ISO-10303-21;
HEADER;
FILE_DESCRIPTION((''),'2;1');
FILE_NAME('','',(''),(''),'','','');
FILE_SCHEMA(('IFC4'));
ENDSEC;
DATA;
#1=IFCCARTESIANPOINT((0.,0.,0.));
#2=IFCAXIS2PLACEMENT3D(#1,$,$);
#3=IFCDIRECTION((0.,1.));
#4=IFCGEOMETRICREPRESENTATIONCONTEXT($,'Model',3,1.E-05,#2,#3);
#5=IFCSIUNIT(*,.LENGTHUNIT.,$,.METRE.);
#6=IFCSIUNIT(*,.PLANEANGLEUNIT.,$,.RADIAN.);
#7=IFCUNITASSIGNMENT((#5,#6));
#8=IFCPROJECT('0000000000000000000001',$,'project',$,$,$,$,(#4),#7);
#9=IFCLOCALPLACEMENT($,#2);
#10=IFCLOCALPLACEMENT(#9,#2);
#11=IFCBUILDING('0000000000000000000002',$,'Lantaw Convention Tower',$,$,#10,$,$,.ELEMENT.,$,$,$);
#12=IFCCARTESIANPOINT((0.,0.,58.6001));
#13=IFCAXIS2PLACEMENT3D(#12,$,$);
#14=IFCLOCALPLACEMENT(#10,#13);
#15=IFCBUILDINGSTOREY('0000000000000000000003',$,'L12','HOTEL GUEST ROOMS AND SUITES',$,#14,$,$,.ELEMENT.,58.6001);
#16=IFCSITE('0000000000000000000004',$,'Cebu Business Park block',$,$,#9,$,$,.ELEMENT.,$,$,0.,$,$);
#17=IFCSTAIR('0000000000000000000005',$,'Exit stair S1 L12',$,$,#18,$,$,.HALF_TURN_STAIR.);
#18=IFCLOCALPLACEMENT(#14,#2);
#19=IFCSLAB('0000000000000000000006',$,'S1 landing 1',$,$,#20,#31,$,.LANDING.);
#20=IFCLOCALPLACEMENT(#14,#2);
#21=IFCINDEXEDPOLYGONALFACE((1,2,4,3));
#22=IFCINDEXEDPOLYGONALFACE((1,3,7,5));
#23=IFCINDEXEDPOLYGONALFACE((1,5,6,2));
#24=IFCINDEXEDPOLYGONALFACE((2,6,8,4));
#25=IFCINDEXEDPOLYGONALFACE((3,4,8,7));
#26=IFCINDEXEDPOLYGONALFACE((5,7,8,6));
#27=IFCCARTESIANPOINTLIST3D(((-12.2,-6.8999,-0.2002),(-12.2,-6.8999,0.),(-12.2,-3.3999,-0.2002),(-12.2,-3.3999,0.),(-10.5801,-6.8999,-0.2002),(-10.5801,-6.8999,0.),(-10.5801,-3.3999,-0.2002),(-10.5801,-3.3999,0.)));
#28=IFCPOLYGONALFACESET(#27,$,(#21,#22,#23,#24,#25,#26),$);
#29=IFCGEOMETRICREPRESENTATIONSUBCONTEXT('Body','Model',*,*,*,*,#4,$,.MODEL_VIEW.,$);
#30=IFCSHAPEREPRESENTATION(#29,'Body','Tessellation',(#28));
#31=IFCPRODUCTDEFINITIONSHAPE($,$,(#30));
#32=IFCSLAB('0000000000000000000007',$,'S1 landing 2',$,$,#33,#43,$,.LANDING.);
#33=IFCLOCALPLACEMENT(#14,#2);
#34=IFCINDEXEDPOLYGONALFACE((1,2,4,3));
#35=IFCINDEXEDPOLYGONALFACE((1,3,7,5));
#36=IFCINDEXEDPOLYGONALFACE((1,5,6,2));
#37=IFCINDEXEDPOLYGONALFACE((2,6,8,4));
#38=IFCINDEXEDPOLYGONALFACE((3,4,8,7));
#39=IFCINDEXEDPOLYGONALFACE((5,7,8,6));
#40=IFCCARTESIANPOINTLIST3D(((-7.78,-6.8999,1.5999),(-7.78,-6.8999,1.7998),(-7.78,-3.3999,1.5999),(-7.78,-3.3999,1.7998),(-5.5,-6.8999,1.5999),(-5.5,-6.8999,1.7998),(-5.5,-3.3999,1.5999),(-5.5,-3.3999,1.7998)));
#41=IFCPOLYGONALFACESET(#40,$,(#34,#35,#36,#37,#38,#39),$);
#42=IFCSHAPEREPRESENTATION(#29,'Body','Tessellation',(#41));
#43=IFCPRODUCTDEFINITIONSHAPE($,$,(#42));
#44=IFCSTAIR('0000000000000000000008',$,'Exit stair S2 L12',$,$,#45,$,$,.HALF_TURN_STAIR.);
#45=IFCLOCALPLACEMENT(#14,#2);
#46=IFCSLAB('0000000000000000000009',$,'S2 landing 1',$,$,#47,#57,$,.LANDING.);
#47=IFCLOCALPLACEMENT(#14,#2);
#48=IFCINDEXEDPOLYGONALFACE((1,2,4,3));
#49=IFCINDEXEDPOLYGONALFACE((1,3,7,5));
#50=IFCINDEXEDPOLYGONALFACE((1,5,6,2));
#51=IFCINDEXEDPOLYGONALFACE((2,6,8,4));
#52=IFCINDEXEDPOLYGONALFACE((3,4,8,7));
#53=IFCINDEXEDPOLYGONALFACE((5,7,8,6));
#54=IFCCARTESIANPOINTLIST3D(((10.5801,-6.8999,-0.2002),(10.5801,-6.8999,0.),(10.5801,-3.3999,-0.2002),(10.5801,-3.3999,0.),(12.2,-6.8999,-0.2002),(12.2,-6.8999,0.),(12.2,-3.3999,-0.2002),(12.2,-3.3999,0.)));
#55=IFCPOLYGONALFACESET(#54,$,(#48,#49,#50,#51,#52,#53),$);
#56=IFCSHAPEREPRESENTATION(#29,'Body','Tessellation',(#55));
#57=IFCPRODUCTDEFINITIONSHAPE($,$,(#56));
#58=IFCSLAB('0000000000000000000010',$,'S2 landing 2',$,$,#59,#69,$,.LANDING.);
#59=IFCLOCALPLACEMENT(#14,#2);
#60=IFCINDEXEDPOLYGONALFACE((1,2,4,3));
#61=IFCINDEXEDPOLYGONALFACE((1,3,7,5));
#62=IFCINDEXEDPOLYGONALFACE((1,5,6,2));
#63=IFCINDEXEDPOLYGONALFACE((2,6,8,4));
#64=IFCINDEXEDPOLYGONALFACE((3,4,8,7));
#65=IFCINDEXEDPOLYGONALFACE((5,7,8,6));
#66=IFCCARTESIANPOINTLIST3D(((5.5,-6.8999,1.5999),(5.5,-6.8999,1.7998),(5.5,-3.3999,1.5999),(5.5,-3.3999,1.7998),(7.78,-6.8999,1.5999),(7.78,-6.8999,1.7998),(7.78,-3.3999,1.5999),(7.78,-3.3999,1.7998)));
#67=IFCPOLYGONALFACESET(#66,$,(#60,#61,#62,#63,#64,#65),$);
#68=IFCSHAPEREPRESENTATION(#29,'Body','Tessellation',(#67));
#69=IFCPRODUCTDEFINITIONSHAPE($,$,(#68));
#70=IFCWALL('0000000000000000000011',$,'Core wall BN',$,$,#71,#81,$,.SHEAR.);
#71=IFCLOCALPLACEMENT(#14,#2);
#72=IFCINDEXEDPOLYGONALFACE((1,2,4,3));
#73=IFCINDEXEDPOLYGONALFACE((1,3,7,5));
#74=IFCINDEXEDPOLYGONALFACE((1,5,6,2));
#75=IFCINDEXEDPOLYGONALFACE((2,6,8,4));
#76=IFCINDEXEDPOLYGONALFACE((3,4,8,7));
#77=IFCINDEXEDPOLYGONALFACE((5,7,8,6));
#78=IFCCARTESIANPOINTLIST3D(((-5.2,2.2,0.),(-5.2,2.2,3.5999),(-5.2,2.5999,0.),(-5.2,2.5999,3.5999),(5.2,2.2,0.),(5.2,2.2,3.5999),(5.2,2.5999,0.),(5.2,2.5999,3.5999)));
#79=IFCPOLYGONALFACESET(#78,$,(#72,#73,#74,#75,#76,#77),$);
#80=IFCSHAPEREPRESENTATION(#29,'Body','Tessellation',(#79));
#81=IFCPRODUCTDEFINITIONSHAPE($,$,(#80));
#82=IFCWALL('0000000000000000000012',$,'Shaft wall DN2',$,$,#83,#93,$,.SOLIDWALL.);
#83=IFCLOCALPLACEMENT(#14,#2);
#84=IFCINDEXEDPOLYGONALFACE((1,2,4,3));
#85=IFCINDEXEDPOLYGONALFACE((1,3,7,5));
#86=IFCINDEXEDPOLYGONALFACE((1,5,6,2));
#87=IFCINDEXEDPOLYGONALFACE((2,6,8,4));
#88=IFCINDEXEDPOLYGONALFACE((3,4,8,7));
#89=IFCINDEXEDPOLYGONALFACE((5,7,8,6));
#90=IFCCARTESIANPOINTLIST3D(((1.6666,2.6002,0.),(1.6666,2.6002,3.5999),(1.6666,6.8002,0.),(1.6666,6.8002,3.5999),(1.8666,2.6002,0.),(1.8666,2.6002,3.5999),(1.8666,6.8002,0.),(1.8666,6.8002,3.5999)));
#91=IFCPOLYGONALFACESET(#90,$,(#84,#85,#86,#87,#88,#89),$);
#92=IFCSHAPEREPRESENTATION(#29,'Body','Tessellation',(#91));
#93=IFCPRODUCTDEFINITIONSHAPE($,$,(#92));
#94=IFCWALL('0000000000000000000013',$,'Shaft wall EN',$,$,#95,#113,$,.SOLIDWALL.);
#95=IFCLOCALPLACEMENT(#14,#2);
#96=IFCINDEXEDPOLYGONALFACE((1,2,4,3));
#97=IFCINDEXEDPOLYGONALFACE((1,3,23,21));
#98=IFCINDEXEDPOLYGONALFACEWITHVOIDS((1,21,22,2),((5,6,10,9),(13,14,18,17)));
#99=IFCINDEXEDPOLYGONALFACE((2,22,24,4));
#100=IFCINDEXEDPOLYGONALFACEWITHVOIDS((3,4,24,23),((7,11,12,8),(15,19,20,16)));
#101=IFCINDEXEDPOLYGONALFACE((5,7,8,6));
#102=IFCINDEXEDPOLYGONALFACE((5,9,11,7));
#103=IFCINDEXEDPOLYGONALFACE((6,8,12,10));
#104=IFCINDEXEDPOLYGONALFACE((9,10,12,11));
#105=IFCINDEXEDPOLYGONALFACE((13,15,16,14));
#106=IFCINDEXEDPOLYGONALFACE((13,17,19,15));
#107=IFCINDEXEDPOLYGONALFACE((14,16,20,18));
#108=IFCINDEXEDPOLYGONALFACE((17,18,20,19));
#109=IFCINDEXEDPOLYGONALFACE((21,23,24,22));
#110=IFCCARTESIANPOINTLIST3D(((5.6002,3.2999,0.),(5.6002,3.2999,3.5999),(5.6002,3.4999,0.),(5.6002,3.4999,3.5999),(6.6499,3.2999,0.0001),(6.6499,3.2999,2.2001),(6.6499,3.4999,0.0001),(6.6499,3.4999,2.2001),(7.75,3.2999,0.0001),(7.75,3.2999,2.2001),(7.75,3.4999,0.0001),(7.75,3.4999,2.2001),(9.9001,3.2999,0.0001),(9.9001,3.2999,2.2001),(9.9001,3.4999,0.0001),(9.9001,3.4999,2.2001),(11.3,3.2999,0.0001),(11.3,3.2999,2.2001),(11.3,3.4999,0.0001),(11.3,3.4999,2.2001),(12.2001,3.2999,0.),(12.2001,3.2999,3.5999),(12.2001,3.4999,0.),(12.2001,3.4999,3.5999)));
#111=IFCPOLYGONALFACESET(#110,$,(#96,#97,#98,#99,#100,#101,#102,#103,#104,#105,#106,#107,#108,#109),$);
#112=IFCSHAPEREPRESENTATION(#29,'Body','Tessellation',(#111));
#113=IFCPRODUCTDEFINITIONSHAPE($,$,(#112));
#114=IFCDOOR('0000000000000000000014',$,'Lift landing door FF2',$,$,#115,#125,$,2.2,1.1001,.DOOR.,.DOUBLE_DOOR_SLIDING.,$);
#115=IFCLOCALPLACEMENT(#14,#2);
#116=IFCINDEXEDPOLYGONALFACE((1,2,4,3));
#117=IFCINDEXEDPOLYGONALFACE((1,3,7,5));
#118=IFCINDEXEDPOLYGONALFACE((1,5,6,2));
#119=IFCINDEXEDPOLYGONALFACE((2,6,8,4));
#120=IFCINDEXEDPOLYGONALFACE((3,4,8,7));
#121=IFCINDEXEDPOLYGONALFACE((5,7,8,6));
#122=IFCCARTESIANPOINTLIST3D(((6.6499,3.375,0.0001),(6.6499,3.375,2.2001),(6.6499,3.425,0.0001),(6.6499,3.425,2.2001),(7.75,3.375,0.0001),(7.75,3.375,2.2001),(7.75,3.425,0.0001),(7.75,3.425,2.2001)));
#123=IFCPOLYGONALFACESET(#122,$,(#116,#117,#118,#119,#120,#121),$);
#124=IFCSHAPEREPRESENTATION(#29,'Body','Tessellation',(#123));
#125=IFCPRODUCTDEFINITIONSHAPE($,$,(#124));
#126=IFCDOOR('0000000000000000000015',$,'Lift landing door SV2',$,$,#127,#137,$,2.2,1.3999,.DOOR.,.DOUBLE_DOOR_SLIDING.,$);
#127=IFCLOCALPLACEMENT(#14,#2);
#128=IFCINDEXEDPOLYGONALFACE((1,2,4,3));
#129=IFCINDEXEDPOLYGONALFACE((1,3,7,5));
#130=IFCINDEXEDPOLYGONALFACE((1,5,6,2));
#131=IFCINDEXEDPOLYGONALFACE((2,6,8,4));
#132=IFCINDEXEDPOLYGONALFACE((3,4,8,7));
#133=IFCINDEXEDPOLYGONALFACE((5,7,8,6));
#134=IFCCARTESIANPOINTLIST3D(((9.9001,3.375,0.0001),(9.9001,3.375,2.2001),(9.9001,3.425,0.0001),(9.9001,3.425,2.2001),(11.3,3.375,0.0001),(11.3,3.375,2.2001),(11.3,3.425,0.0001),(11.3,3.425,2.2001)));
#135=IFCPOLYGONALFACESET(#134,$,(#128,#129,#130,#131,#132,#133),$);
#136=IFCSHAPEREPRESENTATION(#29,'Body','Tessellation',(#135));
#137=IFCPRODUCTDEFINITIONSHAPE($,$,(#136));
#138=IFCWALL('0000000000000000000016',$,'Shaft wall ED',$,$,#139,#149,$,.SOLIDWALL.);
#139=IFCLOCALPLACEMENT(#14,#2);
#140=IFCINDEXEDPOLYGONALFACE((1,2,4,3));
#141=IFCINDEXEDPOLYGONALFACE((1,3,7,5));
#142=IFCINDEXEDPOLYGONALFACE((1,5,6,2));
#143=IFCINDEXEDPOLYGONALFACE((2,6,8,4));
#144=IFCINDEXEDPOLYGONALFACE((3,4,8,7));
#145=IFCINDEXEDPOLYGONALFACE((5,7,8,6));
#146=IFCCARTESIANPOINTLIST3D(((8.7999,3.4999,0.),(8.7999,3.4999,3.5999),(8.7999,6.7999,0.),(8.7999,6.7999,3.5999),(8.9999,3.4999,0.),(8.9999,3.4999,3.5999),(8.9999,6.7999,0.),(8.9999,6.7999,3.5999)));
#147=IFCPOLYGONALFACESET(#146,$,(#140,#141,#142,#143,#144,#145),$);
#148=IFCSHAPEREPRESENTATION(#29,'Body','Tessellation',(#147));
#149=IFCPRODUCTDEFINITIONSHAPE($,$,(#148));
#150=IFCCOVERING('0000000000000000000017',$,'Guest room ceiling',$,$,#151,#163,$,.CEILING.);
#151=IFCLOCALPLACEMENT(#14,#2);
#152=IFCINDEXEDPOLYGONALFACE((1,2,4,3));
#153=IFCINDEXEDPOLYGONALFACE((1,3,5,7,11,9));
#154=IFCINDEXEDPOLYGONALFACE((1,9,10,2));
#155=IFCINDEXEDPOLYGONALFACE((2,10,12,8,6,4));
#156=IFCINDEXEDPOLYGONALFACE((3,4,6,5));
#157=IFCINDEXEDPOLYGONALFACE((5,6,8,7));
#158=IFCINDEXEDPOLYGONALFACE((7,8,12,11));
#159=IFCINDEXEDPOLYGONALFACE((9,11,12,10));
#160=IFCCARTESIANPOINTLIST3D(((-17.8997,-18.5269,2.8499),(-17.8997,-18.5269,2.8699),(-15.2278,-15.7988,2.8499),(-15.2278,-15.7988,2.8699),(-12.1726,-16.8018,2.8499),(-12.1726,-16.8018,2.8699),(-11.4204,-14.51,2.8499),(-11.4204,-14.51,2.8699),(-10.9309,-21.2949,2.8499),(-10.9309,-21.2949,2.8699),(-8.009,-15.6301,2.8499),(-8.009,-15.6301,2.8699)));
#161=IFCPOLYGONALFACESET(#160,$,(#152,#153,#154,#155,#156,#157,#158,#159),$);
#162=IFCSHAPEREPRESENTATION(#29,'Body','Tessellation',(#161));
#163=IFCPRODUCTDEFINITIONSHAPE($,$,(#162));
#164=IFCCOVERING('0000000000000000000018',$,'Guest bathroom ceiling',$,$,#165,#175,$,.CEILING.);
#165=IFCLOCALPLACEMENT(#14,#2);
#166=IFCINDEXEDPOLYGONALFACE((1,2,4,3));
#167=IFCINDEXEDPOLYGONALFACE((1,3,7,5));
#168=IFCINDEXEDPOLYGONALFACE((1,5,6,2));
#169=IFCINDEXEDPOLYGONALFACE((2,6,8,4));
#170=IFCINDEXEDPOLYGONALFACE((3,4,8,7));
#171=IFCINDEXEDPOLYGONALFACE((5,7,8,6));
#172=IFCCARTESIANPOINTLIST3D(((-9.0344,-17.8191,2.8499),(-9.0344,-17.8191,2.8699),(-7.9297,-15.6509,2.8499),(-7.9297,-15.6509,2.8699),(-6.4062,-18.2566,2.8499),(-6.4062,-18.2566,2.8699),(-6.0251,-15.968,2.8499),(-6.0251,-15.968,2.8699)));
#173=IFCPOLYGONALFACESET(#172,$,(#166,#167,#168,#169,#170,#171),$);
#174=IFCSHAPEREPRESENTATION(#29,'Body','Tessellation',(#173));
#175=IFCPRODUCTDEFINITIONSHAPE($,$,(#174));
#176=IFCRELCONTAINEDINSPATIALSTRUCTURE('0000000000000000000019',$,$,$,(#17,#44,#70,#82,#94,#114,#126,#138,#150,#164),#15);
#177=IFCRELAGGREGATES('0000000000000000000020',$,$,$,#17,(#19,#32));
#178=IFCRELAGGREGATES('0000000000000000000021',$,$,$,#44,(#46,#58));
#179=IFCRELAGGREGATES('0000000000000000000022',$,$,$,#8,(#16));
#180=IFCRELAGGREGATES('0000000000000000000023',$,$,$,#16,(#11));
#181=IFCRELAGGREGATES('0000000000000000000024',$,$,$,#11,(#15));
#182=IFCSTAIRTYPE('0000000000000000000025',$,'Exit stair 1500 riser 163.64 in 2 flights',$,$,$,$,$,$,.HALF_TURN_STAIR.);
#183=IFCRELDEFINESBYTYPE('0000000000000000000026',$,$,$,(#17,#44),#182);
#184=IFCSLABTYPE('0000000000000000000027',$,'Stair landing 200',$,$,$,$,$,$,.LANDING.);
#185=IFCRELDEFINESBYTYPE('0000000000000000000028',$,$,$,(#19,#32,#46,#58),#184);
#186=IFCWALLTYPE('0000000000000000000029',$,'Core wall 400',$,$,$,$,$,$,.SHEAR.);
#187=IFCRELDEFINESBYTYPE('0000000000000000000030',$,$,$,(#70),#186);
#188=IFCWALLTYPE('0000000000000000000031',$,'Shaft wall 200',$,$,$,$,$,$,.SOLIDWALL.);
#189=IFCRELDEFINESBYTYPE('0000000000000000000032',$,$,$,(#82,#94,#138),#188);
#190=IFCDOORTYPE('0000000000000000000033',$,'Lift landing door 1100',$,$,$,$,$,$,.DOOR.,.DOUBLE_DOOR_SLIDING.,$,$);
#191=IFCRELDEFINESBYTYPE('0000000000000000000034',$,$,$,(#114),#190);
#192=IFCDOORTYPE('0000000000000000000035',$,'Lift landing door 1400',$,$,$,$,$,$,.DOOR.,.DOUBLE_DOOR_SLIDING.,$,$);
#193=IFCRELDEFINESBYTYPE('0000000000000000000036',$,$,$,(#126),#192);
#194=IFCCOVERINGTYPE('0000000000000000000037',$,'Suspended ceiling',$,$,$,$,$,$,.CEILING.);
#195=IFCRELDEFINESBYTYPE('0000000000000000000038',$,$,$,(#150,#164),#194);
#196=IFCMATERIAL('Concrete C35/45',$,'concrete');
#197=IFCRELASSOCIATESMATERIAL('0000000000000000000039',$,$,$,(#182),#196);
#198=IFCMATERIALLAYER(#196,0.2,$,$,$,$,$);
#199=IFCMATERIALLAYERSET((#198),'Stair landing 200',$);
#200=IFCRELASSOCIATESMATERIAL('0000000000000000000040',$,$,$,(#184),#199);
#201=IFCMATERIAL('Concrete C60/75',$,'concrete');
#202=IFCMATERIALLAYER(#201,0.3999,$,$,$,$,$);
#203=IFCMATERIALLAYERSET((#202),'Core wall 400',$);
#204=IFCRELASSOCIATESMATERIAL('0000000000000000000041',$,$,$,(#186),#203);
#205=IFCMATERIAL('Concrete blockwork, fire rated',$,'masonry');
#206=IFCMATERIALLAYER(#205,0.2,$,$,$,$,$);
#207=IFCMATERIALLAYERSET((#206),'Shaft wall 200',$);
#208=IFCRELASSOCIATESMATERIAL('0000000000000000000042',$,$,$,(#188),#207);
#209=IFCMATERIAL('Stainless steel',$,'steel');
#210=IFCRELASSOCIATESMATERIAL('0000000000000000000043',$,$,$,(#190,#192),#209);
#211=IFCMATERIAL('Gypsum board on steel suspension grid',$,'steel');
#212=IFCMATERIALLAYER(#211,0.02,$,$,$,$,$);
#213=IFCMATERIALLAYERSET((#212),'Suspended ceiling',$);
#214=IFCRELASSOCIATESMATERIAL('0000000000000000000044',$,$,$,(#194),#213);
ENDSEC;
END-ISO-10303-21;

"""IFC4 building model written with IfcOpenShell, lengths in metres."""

from ifc_helpers import new_model, si_unit, direction, frame, frame_2d, origin, place, context, subcontext, project, spatial, polyline, rectangle, outline, extrude, material, layer, layer_set, type_object, element, fill, aggregate, save


model = new_model("IFC4")

# Units and contexts
model_context = context("Model", 3, precision=1e-05, world=origin(), true_north=direction((0.0, 1.0)))
body_context = subcontext(model_context, "Body", "Model", "MODEL_VIEW")
ifc_project = project(units=[si_unit("LENGTHUNIT", "METRE"), si_unit("PLANEANGLEUNIT", "RADIAN")], contexts=[model_context])

# Site, building, storey
site_placement = place(None, origin())
site = spatial("IfcSite", under=ifc_project, at=site_placement, Name="Cebu Business Park block", CompositionType="ELEMENT", RefElevation=0.0)
building_placement = place(site_placement, origin())
building = spatial("IfcBuilding", under=site, at=building_placement, Name="Lantaw Convention Tower", CompositionType="ELEMENT")
storey_placement = place(building_placement, frame((0.0, 0.0, 58.6001)))
storey = spatial("IfcBuildingStorey", under=building, at=storey_placement, Name="L12", Description="HOTEL GUEST ROOMS AND SUITES", CompositionType="ELEMENT", Elevation=58.6001)

# Stairs, slabs
ifc_material_1 = material(Name="Concrete C35/45", Category="concrete")
stair_type = type_object("IfcStairType", Name="Exit stair 1500 riser 163.64 in 2 flights", PredefinedType="HALF_TURN_STAIR", material=ifc_material_1)
stair_1_placement = place(storey_placement, origin())
stair_1 = element("IfcStair", 1, at=stair_1_placement, inside=storey, type_object=stair_type, Name="Exit stair S1 L12", PredefinedType="HALF_TURN_STAIR")
ifc_layer_1 = layer(ifc_material_1, 0.2)
ifc_layer_set_1 = layer_set([ifc_layer_1], Name="Stair landing 200")
slab_type = type_object("IfcSlabType", Name="Stair landing 200", PredefinedType="LANDING", material=ifc_layer_set_1)
slab_1_placement = place(storey_placement, frame((0.0, 0.0, -0.2002)))
slab_1 = element("IfcSlab", 2, at=slab_1_placement, type_object=slab_type, Name="S1 landing 1", PredefinedType="LANDING", context=body_context, shape_type="SweptSolid", body=[
    extrude(outline(polyline([(-12.2, -6.8999), (-10.5801, -6.8999), (-10.5801, -3.3999), (-12.2, -3.3999), (-12.2, -6.8999)])), origin(), (0.0, 0.0, 1.0), 0.2002),
])
slab_2_placement = place(storey_placement, frame((0.0, 0.0, 1.5999)))
slab_2 = element("IfcSlab", 3, at=slab_2_placement, type_object=slab_type, Name="S1 landing 2", PredefinedType="LANDING", context=body_context, shape_type="SweptSolid", body=[
    extrude(outline(polyline([(-7.78, -6.8999), (-5.5, -6.8999), (-5.5, -3.3999), (-7.78, -3.3999), (-7.78, -6.8999)])), origin(), (0.0, 0.0, 1.0), 0.2),
])
aggregate(stair_1, [slab_1, slab_2])
stair_2_placement = place(storey_placement, origin())
stair_2 = element("IfcStair", 4, at=stair_2_placement, inside=storey, type_object=stair_type, Name="Exit stair S2 L12", PredefinedType="HALF_TURN_STAIR")
slab_3_placement = place(storey_placement, frame((0.0, 0.0, -0.2002)))
slab_3 = element("IfcSlab", 5, at=slab_3_placement, type_object=slab_type, Name="S2 landing 1", PredefinedType="LANDING", context=body_context, shape_type="SweptSolid", body=[
    extrude(outline(polyline([(10.5801, -6.8999), (12.2, -6.8999), (12.2, -3.3999), (10.5801, -3.3999), (10.5801, -6.8999)])), origin(), (0.0, 0.0, 1.0), 0.2002),
])
slab_4_placement = place(storey_placement, frame((0.0, 0.0, 1.5999)))
slab_4 = element("IfcSlab", 6, at=slab_4_placement, type_object=slab_type, Name="S2 landing 2", PredefinedType="LANDING", context=body_context, shape_type="SweptSolid", body=[
    extrude(outline(polyline([(5.5, -6.8999), (7.78, -6.8999), (7.78, -3.3999), (5.5, -3.3999), (5.5, -6.8999)])), origin(), (0.0, 0.0, 1.0), 0.2),
])
aggregate(stair_2, [slab_3, slab_4])

# Walls
ifc_material_2 = material(Name="Concrete C60/75", Category="concrete")
ifc_layer_2 = layer(ifc_material_2, 0.3999)
ifc_layer_set_2 = layer_set([ifc_layer_2], Name="Core wall 400")
wall_type_1 = type_object("IfcWallType", Name="Core wall 400", PredefinedType="SHEAR", material=ifc_layer_set_2)
wall_1_placement = place(storey_placement, frame((5.2, 2.3999, 0.0), z_axis=(0.0, 0.0, 1.0), x_axis=(-1.0, 0.0, 0.0)))
element("IfcWall", 7, at=wall_1_placement, inside=storey, type_object=wall_type_1, Name="Core wall BN", PredefinedType="SHEAR", context=body_context, shape_type="SweptSolid", body=[
    extrude(rectangle(XDim=10.3999, YDim=0.3999, at=frame_2d((5.2, 0.0))), origin(), (0.0, 0.0, 1.0), 3.5999),
])
ifc_material_3 = material(Name="Concrete blockwork, fire rated", Category="masonry")
ifc_layer_3 = layer(ifc_material_3, 0.2)
ifc_layer_set_3 = layer_set([ifc_layer_3], Name="Shaft wall 200")
wall_type_2 = type_object("IfcWallType", Name="Shaft wall 200", PredefinedType="SOLIDWALL", material=ifc_layer_set_3)
wall_2_placement = place(storey_placement, frame((1.7666, 2.6001, 0.0), z_axis=(0.0, 0.0, 1.0), x_axis=(0.0, 1.0, 0.0)))
element("IfcWall", 8, at=wall_2_placement, inside=storey, type_object=wall_type_2, Name="Shaft wall DN2", PredefinedType="SOLIDWALL", context=body_context, shape_type="SweptSolid", body=[
    extrude(rectangle(XDim=4.2, YDim=0.2, at=frame_2d((2.1001, 0.0))), origin(), (0.0, 0.0, 1.0), 3.5999),
])

# Wall, openings, doors
wall_3_placement = place(storey_placement, frame((12.2, 3.3999, 0.0), z_axis=(0.0, 0.0, 1.0), x_axis=(-1.0, 0.0, 0.0)))
wall_3 = element("IfcWall", 9, at=wall_3_placement, inside=storey, type_object=wall_type_2, Name="Shaft wall EN", PredefinedType="SOLIDWALL", context=body_context, shape_type="SweptSolid", body=[
    extrude(rectangle(XDim=6.5999, YDim=0.2, at=frame_2d((3.2998, 0.0))), origin(), (0.0, 0.0, 1.0), 3.5999),
])
opening_1_placement = place(wall_3_placement, frame((4.45, 0.0, 0.0)))
opening_1 = element("IfcOpeningElement", 10, at=opening_1_placement, cuts=wall_3, PredefinedType="OPENING", context=body_context, shape_type="SweptSolid", body=[
    extrude(rectangle(XDim=1.1001, YDim=2.2, at=frame_2d((0.55, 1.1001))), frame((0.0, 0.1099, 0.0), z_axis=(0.0, -1.0, 0.0), x_axis=(1.0, 0.0, 0.0)), (0.0, 0.0, 1.0), 0.22),
])
opening_2_placement = place(wall_3_placement, frame((0.8999, 0.0, 0.0)))
opening_2 = element("IfcOpeningElement", 11, at=opening_2_placement, cuts=wall_3, PredefinedType="OPENING", context=body_context, shape_type="SweptSolid", body=[
    extrude(rectangle(XDim=1.3999, YDim=2.2, at=frame_2d((0.7, 1.1001))), frame((0.0, 0.1099, 0.0), z_axis=(0.0, -1.0, 0.0), x_axis=(1.0, 0.0, 0.0)), (0.0, 0.0, 1.0), 0.22),
])
ifc_material_4 = material(Name="Stainless steel", Category="steel")
door_type_1 = type_object("IfcDoorType", Name="Lift landing door 1100", OperationType="DOUBLE_DOOR_SLIDING", PredefinedType="DOOR", material=ifc_material_4)
door_1_placement = place(opening_1_placement, origin())
door_1 = element("IfcDoor", 12, at=door_1_placement, inside=storey, type_object=door_type_1, Name="Lift landing door FF2", OperationType="DOUBLE_DOOR_SLIDING", OverallHeight=2.2, OverallWidth=1.1001, PredefinedType="DOOR", context=body_context, shape_type="SweptSolid", body=[
    extrude(rectangle(XDim=1.1001, YDim=2.2, at=frame_2d((0.55, 1.1001))), frame((0.0, 0.0249, 0.0), z_axis=(0.0, -1.0, 0.0), x_axis=(1.0, 0.0, 0.0)), (0.0, 0.0, 1.0), 0.05),
])
fill(opening_1, door_1)
door_type_2 = type_object("IfcDoorType", Name="Lift landing door 1400", OperationType="DOUBLE_DOOR_SLIDING", PredefinedType="DOOR", material=ifc_material_4)
door_2_placement = place(opening_2_placement, origin())
door_2 = element("IfcDoor", 13, at=door_2_placement, inside=storey, type_object=door_type_2, Name="Lift landing door SV2", OperationType="DOUBLE_DOOR_SLIDING", OverallHeight=2.2, OverallWidth=1.3999, PredefinedType="DOOR", context=body_context, shape_type="SweptSolid", body=[
    extrude(rectangle(XDim=1.3999, YDim=2.2, at=frame_2d((0.7, 1.1001))), frame((0.0, 0.0249, 0.0), z_axis=(0.0, -1.0, 0.0), x_axis=(1.0, 0.0, 0.0)), (0.0, 0.0, 1.0), 0.05),
])
fill(opening_2, door_2)

# Wall
wall_4_placement = place(storey_placement, frame((8.8999, 3.5, 0.0), z_axis=(0.0, 0.0, 1.0), x_axis=(0.0, 1.0, 0.0)))
element("IfcWall", 14, at=wall_4_placement, inside=storey, type_object=wall_type_2, Name="Shaft wall ED", PredefinedType="SOLIDWALL", context=body_context, shape_type="SweptSolid", body=[
    extrude(rectangle(XDim=3.3, YDim=0.2, at=frame_2d((1.6499, 0.0))), origin(), (0.0, 0.0, 1.0), 3.5999),
])

# Coverings
ifc_material_5 = material(Name="Gypsum board on steel suspension grid", Category="steel")
ifc_layer_4 = layer(ifc_material_5, 0.02)
ifc_layer_set_4 = layer_set([ifc_layer_4], Name="Suspended ceiling")
covering_type = type_object("IfcCoveringType", Name="Suspended ceiling", PredefinedType="CEILING", material=ifc_layer_set_4)
covering_1_placement = place(storey_placement, frame((0.0, 0.0, 2.8499)))
element("IfcCovering", 15, at=covering_1_placement, inside=storey, type_object=covering_type, Name="Guest room ceiling", PredefinedType="CEILING", context=body_context, shape_type="SweptSolid", body=[
    extrude(outline(polyline([(-15.2278, -15.7988), (-17.8997, -18.5269), (-10.9309, -21.2949), (-8.009, -15.6301), (-11.4204, -14.51), (-12.1726, -16.8018), (-15.2278, -15.7988)])), origin(), (0.0, 0.0, 1.0), 0.02),
])
covering_2_placement = place(storey_placement, frame((0.0, 0.0, 2.8499)))
element("IfcCovering", 16, at=covering_2_placement, inside=storey, type_object=covering_type, Name="Guest bathroom ceiling", PredefinedType="CEILING", context=body_context, shape_type="SweptSolid", body=[
    extrude(outline(polyline([(-7.9297, -15.6509), (-9.0344, -17.8191), (-6.4062, -18.2566), (-6.0251, -15.968), (-7.9297, -15.6509)])), origin(), (0.0, 0.0, 1.0), 0.02),
])

save(model, "model.ifc")
